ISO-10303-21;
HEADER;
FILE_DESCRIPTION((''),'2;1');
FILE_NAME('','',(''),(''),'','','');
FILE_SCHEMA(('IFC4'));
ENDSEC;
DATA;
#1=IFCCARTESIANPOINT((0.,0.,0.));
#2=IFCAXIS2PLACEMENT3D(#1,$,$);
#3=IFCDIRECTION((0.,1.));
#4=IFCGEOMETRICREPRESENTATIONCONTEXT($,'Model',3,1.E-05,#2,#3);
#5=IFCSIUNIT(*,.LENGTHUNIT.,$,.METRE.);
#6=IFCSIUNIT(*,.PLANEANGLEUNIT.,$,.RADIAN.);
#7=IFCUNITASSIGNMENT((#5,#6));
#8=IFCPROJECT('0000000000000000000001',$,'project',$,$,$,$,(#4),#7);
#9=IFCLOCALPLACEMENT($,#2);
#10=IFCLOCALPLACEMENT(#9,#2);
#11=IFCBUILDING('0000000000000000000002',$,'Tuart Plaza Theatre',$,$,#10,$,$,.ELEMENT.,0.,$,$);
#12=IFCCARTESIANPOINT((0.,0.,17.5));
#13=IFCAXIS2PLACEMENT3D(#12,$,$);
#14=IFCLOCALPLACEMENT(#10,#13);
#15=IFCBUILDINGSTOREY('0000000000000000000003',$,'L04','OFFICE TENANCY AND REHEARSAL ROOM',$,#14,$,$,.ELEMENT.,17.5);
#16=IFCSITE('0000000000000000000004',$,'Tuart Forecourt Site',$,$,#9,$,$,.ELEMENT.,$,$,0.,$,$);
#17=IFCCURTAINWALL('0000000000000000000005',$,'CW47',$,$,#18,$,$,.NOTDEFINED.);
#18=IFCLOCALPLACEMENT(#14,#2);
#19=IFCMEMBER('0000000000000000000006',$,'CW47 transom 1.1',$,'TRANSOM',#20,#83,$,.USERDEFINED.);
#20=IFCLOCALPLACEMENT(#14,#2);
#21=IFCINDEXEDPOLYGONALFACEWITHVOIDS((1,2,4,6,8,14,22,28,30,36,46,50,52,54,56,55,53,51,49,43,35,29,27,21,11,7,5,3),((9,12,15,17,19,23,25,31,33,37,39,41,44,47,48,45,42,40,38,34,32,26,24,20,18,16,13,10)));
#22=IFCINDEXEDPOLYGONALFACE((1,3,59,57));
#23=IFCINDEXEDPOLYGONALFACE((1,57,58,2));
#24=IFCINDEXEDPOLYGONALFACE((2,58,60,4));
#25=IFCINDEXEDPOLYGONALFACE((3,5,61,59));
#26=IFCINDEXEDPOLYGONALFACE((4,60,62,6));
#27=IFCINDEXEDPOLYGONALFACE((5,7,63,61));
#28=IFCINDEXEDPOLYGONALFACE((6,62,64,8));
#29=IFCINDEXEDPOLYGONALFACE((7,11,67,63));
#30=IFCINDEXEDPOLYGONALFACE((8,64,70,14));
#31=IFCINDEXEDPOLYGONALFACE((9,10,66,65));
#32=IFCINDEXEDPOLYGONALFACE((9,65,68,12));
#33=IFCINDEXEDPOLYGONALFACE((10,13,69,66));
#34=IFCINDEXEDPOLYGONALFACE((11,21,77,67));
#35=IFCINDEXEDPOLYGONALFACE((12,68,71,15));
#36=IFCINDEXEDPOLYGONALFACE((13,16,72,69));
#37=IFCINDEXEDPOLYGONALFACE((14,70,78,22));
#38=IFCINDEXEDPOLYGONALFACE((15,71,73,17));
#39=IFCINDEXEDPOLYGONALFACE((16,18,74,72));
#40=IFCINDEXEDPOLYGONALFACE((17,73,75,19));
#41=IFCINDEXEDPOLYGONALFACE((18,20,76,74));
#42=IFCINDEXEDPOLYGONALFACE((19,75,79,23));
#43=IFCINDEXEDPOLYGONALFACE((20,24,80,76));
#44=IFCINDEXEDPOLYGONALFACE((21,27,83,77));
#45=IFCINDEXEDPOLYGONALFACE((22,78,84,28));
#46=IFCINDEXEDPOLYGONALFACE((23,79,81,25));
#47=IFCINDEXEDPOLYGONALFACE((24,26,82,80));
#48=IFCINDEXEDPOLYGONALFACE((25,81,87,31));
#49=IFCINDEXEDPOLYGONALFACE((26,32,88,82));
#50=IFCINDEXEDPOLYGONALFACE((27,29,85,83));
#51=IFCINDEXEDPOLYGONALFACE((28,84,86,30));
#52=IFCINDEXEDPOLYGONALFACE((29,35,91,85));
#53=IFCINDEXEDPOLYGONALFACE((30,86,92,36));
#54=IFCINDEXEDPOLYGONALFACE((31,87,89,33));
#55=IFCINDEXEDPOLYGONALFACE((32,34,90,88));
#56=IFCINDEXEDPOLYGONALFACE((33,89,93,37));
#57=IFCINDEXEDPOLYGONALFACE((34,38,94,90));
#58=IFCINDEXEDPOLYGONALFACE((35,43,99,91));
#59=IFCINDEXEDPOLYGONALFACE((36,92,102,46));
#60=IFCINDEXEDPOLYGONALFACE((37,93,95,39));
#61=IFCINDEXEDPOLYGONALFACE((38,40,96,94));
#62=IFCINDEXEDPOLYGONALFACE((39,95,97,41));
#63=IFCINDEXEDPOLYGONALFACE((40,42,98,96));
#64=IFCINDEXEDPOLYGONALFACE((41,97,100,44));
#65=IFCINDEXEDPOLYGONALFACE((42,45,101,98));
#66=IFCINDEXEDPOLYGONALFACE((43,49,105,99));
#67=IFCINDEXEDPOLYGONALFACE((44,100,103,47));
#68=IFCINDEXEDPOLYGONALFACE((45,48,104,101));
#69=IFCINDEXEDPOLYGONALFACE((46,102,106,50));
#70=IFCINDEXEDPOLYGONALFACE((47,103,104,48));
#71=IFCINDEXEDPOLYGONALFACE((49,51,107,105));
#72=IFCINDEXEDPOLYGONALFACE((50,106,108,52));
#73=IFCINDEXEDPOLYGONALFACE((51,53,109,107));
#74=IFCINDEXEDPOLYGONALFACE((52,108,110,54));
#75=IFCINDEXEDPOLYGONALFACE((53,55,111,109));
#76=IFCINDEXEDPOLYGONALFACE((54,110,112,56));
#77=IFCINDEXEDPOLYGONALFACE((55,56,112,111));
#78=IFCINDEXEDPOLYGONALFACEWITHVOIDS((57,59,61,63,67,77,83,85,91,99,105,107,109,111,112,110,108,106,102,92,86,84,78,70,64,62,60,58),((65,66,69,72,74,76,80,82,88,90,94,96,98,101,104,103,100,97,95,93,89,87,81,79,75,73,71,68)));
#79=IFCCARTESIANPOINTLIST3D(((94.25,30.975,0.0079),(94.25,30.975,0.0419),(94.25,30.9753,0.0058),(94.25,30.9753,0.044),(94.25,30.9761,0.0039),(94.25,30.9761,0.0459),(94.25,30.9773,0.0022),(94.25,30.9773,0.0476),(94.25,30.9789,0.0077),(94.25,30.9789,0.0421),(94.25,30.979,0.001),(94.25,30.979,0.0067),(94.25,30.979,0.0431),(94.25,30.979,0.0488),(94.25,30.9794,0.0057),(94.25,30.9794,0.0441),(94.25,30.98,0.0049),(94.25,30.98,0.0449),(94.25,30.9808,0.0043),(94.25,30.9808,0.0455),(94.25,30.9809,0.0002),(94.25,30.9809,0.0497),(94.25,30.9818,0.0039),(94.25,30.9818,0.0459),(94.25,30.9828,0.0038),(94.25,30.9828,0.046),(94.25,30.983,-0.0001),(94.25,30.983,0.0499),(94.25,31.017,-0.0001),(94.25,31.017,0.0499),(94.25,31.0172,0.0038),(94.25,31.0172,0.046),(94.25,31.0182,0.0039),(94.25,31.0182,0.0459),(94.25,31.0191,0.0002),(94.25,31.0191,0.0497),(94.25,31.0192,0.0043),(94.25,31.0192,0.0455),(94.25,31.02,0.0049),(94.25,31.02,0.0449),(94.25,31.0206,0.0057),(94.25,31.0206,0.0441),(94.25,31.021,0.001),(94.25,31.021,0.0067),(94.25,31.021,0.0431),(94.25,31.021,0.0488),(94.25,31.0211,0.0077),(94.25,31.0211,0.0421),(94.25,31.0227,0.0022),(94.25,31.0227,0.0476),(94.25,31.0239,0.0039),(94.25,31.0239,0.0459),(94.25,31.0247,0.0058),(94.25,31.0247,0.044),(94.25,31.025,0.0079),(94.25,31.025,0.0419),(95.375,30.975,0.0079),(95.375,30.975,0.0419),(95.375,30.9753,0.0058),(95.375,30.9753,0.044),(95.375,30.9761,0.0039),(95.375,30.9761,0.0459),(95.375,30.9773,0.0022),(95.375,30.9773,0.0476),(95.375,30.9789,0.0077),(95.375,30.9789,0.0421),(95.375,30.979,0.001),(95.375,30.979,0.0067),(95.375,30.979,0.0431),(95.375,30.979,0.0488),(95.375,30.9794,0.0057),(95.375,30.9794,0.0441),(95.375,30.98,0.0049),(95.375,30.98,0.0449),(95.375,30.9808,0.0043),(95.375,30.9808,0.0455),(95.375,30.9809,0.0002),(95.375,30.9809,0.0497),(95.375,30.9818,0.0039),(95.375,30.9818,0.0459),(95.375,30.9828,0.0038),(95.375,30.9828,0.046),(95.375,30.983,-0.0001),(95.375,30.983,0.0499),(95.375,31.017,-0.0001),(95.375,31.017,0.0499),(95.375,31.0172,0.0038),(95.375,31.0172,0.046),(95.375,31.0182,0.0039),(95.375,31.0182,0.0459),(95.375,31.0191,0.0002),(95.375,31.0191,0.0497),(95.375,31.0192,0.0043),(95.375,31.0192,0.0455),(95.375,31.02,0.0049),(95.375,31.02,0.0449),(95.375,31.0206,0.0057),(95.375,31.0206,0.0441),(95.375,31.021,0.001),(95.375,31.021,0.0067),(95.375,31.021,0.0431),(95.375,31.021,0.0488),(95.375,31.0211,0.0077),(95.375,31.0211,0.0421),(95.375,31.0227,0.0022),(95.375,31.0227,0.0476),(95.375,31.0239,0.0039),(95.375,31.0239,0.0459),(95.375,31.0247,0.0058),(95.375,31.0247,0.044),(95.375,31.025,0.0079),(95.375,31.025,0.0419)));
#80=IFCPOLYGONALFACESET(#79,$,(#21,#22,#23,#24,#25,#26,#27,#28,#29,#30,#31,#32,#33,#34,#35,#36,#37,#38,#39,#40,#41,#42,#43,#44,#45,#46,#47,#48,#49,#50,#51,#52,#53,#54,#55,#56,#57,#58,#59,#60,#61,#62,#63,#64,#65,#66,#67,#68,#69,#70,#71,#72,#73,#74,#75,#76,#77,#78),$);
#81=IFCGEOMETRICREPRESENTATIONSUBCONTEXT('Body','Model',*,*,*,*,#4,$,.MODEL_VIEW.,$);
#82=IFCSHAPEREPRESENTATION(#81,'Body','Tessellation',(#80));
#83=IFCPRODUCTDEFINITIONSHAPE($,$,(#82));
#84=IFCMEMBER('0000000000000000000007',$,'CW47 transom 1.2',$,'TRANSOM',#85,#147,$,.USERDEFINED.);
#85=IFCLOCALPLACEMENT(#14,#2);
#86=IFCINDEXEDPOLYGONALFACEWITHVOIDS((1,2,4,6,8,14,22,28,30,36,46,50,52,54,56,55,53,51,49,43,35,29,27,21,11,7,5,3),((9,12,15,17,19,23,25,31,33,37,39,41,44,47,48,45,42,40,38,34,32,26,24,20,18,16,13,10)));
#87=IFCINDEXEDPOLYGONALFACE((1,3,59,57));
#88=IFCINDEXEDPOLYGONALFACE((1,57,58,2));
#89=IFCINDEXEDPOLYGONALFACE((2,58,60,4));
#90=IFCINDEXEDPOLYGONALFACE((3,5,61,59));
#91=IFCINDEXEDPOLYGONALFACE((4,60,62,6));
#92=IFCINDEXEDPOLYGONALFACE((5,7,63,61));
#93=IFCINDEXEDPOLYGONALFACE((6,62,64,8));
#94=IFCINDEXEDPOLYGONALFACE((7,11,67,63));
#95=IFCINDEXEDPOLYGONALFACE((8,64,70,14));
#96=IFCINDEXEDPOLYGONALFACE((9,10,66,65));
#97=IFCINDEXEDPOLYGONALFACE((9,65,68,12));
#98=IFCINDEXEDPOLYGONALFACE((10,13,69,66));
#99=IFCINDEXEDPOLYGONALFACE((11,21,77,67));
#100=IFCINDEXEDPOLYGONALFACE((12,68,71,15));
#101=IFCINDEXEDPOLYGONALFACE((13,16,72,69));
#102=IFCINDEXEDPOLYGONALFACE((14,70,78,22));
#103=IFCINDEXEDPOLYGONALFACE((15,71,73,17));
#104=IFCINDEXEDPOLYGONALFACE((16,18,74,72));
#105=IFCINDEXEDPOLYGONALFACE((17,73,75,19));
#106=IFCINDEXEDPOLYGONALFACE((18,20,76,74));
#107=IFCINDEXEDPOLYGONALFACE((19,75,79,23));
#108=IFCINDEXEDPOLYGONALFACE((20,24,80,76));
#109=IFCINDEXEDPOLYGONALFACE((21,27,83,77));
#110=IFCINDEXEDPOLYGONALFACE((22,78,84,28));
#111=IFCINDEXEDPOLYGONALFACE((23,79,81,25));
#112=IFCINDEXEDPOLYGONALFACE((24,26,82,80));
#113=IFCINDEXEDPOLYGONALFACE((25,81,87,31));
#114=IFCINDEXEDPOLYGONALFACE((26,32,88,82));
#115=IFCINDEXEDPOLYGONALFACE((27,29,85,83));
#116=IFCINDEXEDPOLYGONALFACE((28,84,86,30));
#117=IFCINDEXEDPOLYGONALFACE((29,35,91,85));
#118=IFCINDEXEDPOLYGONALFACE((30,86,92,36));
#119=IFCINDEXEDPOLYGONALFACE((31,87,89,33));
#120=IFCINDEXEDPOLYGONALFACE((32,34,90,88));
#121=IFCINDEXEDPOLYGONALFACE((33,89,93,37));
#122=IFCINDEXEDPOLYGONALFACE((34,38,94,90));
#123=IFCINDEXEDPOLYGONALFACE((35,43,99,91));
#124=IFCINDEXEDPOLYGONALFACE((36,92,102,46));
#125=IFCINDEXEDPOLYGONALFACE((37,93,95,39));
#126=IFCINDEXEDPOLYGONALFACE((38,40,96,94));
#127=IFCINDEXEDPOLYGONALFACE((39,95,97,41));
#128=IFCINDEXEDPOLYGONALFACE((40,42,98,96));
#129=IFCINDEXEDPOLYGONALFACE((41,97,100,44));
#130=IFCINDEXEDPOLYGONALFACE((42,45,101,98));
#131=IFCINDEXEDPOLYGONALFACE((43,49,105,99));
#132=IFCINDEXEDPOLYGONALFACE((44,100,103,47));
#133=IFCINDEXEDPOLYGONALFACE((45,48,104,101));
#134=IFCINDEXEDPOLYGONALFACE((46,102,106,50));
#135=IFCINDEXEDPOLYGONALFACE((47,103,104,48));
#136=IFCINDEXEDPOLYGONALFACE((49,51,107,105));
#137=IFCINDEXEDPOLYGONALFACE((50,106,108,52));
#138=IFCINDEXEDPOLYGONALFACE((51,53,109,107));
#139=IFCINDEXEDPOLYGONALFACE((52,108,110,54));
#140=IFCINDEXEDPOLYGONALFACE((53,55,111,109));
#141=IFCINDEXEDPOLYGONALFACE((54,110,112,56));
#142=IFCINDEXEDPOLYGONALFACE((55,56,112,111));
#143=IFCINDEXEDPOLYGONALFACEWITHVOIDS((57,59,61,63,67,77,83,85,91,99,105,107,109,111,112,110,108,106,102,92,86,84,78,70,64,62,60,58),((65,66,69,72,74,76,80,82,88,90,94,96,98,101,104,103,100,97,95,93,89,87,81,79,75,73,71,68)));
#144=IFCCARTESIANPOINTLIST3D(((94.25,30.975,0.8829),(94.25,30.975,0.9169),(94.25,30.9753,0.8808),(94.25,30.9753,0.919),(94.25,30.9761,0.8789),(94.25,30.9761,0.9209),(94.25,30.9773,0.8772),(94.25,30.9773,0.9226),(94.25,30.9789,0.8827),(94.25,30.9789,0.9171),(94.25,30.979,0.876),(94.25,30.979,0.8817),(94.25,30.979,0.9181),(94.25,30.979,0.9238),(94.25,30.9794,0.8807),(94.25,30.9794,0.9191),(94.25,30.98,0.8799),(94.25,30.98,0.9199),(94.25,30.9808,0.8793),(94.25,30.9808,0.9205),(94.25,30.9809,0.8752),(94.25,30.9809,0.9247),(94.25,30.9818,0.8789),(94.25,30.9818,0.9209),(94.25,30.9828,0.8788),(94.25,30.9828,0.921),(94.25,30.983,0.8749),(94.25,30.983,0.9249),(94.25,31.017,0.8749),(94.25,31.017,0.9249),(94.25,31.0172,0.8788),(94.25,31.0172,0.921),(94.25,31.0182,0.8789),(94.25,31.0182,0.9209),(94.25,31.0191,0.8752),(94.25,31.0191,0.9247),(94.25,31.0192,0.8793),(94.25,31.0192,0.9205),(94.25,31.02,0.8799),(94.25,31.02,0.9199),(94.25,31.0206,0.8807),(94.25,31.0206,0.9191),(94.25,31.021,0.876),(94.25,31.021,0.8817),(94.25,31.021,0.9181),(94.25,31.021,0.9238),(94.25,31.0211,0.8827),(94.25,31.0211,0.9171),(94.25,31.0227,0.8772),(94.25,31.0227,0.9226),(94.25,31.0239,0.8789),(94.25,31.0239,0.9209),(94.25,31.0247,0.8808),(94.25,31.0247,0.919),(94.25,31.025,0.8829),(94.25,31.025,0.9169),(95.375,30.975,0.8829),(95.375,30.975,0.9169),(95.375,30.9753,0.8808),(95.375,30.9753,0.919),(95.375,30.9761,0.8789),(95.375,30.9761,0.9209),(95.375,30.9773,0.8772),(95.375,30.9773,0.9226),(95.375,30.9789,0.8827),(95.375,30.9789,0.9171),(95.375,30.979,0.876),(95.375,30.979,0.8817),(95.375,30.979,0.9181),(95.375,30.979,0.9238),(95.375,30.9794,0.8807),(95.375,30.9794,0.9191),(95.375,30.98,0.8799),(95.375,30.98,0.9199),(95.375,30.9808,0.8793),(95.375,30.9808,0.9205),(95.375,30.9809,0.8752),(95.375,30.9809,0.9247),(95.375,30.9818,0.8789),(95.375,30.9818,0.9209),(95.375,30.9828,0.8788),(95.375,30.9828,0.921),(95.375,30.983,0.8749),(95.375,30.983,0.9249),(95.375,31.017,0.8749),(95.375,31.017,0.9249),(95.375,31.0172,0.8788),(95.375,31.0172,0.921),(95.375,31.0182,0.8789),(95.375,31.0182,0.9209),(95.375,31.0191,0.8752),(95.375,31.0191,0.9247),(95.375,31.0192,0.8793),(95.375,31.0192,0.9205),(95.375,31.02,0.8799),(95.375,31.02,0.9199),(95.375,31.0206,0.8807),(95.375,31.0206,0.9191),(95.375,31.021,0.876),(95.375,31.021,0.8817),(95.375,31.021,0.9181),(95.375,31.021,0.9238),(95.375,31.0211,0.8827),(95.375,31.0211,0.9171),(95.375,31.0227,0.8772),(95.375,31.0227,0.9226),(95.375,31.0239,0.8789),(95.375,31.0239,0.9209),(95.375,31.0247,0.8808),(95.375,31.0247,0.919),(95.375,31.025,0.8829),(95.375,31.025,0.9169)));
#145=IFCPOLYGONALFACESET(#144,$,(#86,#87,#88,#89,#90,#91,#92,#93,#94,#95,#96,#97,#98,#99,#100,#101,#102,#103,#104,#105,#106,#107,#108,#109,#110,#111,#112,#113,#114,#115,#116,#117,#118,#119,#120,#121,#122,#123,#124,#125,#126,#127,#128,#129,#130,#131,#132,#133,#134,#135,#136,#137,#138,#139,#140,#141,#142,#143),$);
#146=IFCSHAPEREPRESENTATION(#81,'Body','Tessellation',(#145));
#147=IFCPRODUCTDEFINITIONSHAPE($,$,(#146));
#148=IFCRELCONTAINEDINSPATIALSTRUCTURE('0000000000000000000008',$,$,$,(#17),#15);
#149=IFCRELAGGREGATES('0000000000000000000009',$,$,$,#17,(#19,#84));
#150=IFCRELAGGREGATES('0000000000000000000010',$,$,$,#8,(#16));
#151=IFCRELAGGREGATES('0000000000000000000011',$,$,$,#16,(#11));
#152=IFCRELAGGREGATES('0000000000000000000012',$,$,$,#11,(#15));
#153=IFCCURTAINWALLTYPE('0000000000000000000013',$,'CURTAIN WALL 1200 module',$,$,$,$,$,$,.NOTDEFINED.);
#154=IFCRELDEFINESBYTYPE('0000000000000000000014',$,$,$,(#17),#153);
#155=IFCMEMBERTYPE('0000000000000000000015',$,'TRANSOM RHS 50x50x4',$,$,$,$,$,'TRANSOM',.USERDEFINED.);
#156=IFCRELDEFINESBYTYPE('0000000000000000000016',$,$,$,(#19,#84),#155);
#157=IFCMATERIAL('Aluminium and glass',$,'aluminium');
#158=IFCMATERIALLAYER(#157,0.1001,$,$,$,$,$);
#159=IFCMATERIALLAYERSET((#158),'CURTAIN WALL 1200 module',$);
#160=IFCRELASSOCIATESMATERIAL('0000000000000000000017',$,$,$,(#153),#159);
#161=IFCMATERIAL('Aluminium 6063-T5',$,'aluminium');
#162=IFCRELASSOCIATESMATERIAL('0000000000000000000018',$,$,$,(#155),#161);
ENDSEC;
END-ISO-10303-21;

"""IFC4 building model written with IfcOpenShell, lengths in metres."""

from ifc_helpers import new_model, si_unit, direction, frame, origin, origin_2d, place, context, subcontext, project, spatial, hollow_rectangle, extrude, material, layer, layer_set, material_profile, profile_set, type_object, element, aggregate, save


model = new_model("IFC4")

# Units and contexts
model_context = context("Model", 3, precision=1e-05, world=origin(), true_north=direction((0.0, 1.0)))
body_context = subcontext(model_context, "Body", "Model", "MODEL_VIEW")
ifc_project = project(units=[si_unit("LENGTHUNIT", "METRE"), si_unit("PLANEANGLEUNIT", "RADIAN")], contexts=[model_context])

# Site, building, storey
site_placement = place(None, origin())
site = spatial("IfcSite", under=ifc_project, at=site_placement, Name="Tuart Forecourt Site", CompositionType="ELEMENT", RefElevation=0.0)
building_placement = place(site_placement, origin())
building = spatial("IfcBuilding", under=site, at=building_placement, Name="Tuart Plaza Theatre", CompositionType="ELEMENT", ElevationOfRefHeight=0.0)
storey_placement = place(building_placement, frame((0.0, 0.0, 17.5)))
storey = spatial("IfcBuildingStorey", under=building, at=storey_placement, Name="L04", Description="OFFICE TENANCY AND REHEARSAL ROOM", CompositionType="ELEMENT", Elevation=17.5)

# Curtain wall, members
ifc_material_1 = material(Name="Aluminium and glass", Category="aluminium")
ifc_layer_1 = layer(ifc_material_1, 0.1001)
ifc_layer_set_1 = layer_set([ifc_layer_1], Name="CURTAIN WALL 1200 module")
curtain_wall_type = type_object("IfcCurtainWallType", Name="CURTAIN WALL 1200 module", PredefinedType="NOTDEFINED", material=ifc_layer_set_1)
curtain_wall_placement = place(storey_placement, origin())
curtain_wall = element("IfcCurtainWall", 1, at=curtain_wall_placement, inside=storey, type_object=curtain_wall_type, Name="CW47", PredefinedType="NOTDEFINED")
ifc_material_2 = material(Name="Aluminium 6063-T5", Category="aluminium")
ifc_material_profile_1 = material_profile(ifc_material_2, hollow_rectangle(XDim=0.05, YDim=0.05, WallThickness=0.0039, InnerFilletRadius=0.0039, OuterFilletRadius=0.0081, at=origin_2d()), Name="RHS 50x50x4")
ifc_profile_set_1 = profile_set([ifc_material_profile_1], Name="Aluminium 6063-T5")
member_type_1 = type_object("IfcMemberType", Name="TRANSOM RHS 50x50x4", ElementType="TRANSOM", PredefinedType="USERDEFINED", material=ifc_profile_set_1)
member_1_placement = place(storey_placement, frame((94.25, 31.0, 0.0249), z_axis=(1.0, 0.0, 0.0), x_axis=(0.0, 1.0, 0.0)))
member_1 = element("IfcMember", 2, at=member_1_placement, type_object=member_type_1, Name="CW47 transom 1.1", ObjectType="TRANSOM", PredefinedType="USERDEFINED", context=body_context, shape_type="SweptSolid", body=[
    extrude(hollow_rectangle(XDim=0.05, YDim=0.05, WallThickness=0.0039, InnerFilletRadius=0.0039, OuterFilletRadius=0.0081, at=origin_2d()), origin(), (0.0, 0.0, 1.0), 1.125),
])
member_2_placement = place(storey_placement, frame((94.25, 31.0, 0.8999), z_axis=(1.0, 0.0, 0.0), x_axis=(0.0, 1.0, 0.0)))
member_2 = element("IfcMember", 3, at=member_2_placement, type_object=member_type_1, Name="CW47 transom 1.2", ObjectType="TRANSOM", PredefinedType="USERDEFINED", context=body_context, shape_type="SweptSolid", body=[
    extrude(hollow_rectangle(XDim=0.05, YDim=0.05, WallThickness=0.0039, InnerFilletRadius=0.0039, OuterFilletRadius=0.0081, at=origin_2d()), origin(), (0.0, 0.0, 1.0), 1.125),
])
aggregate(curtain_wall, [member_1, member_2])

save(model, "model.ifc")
